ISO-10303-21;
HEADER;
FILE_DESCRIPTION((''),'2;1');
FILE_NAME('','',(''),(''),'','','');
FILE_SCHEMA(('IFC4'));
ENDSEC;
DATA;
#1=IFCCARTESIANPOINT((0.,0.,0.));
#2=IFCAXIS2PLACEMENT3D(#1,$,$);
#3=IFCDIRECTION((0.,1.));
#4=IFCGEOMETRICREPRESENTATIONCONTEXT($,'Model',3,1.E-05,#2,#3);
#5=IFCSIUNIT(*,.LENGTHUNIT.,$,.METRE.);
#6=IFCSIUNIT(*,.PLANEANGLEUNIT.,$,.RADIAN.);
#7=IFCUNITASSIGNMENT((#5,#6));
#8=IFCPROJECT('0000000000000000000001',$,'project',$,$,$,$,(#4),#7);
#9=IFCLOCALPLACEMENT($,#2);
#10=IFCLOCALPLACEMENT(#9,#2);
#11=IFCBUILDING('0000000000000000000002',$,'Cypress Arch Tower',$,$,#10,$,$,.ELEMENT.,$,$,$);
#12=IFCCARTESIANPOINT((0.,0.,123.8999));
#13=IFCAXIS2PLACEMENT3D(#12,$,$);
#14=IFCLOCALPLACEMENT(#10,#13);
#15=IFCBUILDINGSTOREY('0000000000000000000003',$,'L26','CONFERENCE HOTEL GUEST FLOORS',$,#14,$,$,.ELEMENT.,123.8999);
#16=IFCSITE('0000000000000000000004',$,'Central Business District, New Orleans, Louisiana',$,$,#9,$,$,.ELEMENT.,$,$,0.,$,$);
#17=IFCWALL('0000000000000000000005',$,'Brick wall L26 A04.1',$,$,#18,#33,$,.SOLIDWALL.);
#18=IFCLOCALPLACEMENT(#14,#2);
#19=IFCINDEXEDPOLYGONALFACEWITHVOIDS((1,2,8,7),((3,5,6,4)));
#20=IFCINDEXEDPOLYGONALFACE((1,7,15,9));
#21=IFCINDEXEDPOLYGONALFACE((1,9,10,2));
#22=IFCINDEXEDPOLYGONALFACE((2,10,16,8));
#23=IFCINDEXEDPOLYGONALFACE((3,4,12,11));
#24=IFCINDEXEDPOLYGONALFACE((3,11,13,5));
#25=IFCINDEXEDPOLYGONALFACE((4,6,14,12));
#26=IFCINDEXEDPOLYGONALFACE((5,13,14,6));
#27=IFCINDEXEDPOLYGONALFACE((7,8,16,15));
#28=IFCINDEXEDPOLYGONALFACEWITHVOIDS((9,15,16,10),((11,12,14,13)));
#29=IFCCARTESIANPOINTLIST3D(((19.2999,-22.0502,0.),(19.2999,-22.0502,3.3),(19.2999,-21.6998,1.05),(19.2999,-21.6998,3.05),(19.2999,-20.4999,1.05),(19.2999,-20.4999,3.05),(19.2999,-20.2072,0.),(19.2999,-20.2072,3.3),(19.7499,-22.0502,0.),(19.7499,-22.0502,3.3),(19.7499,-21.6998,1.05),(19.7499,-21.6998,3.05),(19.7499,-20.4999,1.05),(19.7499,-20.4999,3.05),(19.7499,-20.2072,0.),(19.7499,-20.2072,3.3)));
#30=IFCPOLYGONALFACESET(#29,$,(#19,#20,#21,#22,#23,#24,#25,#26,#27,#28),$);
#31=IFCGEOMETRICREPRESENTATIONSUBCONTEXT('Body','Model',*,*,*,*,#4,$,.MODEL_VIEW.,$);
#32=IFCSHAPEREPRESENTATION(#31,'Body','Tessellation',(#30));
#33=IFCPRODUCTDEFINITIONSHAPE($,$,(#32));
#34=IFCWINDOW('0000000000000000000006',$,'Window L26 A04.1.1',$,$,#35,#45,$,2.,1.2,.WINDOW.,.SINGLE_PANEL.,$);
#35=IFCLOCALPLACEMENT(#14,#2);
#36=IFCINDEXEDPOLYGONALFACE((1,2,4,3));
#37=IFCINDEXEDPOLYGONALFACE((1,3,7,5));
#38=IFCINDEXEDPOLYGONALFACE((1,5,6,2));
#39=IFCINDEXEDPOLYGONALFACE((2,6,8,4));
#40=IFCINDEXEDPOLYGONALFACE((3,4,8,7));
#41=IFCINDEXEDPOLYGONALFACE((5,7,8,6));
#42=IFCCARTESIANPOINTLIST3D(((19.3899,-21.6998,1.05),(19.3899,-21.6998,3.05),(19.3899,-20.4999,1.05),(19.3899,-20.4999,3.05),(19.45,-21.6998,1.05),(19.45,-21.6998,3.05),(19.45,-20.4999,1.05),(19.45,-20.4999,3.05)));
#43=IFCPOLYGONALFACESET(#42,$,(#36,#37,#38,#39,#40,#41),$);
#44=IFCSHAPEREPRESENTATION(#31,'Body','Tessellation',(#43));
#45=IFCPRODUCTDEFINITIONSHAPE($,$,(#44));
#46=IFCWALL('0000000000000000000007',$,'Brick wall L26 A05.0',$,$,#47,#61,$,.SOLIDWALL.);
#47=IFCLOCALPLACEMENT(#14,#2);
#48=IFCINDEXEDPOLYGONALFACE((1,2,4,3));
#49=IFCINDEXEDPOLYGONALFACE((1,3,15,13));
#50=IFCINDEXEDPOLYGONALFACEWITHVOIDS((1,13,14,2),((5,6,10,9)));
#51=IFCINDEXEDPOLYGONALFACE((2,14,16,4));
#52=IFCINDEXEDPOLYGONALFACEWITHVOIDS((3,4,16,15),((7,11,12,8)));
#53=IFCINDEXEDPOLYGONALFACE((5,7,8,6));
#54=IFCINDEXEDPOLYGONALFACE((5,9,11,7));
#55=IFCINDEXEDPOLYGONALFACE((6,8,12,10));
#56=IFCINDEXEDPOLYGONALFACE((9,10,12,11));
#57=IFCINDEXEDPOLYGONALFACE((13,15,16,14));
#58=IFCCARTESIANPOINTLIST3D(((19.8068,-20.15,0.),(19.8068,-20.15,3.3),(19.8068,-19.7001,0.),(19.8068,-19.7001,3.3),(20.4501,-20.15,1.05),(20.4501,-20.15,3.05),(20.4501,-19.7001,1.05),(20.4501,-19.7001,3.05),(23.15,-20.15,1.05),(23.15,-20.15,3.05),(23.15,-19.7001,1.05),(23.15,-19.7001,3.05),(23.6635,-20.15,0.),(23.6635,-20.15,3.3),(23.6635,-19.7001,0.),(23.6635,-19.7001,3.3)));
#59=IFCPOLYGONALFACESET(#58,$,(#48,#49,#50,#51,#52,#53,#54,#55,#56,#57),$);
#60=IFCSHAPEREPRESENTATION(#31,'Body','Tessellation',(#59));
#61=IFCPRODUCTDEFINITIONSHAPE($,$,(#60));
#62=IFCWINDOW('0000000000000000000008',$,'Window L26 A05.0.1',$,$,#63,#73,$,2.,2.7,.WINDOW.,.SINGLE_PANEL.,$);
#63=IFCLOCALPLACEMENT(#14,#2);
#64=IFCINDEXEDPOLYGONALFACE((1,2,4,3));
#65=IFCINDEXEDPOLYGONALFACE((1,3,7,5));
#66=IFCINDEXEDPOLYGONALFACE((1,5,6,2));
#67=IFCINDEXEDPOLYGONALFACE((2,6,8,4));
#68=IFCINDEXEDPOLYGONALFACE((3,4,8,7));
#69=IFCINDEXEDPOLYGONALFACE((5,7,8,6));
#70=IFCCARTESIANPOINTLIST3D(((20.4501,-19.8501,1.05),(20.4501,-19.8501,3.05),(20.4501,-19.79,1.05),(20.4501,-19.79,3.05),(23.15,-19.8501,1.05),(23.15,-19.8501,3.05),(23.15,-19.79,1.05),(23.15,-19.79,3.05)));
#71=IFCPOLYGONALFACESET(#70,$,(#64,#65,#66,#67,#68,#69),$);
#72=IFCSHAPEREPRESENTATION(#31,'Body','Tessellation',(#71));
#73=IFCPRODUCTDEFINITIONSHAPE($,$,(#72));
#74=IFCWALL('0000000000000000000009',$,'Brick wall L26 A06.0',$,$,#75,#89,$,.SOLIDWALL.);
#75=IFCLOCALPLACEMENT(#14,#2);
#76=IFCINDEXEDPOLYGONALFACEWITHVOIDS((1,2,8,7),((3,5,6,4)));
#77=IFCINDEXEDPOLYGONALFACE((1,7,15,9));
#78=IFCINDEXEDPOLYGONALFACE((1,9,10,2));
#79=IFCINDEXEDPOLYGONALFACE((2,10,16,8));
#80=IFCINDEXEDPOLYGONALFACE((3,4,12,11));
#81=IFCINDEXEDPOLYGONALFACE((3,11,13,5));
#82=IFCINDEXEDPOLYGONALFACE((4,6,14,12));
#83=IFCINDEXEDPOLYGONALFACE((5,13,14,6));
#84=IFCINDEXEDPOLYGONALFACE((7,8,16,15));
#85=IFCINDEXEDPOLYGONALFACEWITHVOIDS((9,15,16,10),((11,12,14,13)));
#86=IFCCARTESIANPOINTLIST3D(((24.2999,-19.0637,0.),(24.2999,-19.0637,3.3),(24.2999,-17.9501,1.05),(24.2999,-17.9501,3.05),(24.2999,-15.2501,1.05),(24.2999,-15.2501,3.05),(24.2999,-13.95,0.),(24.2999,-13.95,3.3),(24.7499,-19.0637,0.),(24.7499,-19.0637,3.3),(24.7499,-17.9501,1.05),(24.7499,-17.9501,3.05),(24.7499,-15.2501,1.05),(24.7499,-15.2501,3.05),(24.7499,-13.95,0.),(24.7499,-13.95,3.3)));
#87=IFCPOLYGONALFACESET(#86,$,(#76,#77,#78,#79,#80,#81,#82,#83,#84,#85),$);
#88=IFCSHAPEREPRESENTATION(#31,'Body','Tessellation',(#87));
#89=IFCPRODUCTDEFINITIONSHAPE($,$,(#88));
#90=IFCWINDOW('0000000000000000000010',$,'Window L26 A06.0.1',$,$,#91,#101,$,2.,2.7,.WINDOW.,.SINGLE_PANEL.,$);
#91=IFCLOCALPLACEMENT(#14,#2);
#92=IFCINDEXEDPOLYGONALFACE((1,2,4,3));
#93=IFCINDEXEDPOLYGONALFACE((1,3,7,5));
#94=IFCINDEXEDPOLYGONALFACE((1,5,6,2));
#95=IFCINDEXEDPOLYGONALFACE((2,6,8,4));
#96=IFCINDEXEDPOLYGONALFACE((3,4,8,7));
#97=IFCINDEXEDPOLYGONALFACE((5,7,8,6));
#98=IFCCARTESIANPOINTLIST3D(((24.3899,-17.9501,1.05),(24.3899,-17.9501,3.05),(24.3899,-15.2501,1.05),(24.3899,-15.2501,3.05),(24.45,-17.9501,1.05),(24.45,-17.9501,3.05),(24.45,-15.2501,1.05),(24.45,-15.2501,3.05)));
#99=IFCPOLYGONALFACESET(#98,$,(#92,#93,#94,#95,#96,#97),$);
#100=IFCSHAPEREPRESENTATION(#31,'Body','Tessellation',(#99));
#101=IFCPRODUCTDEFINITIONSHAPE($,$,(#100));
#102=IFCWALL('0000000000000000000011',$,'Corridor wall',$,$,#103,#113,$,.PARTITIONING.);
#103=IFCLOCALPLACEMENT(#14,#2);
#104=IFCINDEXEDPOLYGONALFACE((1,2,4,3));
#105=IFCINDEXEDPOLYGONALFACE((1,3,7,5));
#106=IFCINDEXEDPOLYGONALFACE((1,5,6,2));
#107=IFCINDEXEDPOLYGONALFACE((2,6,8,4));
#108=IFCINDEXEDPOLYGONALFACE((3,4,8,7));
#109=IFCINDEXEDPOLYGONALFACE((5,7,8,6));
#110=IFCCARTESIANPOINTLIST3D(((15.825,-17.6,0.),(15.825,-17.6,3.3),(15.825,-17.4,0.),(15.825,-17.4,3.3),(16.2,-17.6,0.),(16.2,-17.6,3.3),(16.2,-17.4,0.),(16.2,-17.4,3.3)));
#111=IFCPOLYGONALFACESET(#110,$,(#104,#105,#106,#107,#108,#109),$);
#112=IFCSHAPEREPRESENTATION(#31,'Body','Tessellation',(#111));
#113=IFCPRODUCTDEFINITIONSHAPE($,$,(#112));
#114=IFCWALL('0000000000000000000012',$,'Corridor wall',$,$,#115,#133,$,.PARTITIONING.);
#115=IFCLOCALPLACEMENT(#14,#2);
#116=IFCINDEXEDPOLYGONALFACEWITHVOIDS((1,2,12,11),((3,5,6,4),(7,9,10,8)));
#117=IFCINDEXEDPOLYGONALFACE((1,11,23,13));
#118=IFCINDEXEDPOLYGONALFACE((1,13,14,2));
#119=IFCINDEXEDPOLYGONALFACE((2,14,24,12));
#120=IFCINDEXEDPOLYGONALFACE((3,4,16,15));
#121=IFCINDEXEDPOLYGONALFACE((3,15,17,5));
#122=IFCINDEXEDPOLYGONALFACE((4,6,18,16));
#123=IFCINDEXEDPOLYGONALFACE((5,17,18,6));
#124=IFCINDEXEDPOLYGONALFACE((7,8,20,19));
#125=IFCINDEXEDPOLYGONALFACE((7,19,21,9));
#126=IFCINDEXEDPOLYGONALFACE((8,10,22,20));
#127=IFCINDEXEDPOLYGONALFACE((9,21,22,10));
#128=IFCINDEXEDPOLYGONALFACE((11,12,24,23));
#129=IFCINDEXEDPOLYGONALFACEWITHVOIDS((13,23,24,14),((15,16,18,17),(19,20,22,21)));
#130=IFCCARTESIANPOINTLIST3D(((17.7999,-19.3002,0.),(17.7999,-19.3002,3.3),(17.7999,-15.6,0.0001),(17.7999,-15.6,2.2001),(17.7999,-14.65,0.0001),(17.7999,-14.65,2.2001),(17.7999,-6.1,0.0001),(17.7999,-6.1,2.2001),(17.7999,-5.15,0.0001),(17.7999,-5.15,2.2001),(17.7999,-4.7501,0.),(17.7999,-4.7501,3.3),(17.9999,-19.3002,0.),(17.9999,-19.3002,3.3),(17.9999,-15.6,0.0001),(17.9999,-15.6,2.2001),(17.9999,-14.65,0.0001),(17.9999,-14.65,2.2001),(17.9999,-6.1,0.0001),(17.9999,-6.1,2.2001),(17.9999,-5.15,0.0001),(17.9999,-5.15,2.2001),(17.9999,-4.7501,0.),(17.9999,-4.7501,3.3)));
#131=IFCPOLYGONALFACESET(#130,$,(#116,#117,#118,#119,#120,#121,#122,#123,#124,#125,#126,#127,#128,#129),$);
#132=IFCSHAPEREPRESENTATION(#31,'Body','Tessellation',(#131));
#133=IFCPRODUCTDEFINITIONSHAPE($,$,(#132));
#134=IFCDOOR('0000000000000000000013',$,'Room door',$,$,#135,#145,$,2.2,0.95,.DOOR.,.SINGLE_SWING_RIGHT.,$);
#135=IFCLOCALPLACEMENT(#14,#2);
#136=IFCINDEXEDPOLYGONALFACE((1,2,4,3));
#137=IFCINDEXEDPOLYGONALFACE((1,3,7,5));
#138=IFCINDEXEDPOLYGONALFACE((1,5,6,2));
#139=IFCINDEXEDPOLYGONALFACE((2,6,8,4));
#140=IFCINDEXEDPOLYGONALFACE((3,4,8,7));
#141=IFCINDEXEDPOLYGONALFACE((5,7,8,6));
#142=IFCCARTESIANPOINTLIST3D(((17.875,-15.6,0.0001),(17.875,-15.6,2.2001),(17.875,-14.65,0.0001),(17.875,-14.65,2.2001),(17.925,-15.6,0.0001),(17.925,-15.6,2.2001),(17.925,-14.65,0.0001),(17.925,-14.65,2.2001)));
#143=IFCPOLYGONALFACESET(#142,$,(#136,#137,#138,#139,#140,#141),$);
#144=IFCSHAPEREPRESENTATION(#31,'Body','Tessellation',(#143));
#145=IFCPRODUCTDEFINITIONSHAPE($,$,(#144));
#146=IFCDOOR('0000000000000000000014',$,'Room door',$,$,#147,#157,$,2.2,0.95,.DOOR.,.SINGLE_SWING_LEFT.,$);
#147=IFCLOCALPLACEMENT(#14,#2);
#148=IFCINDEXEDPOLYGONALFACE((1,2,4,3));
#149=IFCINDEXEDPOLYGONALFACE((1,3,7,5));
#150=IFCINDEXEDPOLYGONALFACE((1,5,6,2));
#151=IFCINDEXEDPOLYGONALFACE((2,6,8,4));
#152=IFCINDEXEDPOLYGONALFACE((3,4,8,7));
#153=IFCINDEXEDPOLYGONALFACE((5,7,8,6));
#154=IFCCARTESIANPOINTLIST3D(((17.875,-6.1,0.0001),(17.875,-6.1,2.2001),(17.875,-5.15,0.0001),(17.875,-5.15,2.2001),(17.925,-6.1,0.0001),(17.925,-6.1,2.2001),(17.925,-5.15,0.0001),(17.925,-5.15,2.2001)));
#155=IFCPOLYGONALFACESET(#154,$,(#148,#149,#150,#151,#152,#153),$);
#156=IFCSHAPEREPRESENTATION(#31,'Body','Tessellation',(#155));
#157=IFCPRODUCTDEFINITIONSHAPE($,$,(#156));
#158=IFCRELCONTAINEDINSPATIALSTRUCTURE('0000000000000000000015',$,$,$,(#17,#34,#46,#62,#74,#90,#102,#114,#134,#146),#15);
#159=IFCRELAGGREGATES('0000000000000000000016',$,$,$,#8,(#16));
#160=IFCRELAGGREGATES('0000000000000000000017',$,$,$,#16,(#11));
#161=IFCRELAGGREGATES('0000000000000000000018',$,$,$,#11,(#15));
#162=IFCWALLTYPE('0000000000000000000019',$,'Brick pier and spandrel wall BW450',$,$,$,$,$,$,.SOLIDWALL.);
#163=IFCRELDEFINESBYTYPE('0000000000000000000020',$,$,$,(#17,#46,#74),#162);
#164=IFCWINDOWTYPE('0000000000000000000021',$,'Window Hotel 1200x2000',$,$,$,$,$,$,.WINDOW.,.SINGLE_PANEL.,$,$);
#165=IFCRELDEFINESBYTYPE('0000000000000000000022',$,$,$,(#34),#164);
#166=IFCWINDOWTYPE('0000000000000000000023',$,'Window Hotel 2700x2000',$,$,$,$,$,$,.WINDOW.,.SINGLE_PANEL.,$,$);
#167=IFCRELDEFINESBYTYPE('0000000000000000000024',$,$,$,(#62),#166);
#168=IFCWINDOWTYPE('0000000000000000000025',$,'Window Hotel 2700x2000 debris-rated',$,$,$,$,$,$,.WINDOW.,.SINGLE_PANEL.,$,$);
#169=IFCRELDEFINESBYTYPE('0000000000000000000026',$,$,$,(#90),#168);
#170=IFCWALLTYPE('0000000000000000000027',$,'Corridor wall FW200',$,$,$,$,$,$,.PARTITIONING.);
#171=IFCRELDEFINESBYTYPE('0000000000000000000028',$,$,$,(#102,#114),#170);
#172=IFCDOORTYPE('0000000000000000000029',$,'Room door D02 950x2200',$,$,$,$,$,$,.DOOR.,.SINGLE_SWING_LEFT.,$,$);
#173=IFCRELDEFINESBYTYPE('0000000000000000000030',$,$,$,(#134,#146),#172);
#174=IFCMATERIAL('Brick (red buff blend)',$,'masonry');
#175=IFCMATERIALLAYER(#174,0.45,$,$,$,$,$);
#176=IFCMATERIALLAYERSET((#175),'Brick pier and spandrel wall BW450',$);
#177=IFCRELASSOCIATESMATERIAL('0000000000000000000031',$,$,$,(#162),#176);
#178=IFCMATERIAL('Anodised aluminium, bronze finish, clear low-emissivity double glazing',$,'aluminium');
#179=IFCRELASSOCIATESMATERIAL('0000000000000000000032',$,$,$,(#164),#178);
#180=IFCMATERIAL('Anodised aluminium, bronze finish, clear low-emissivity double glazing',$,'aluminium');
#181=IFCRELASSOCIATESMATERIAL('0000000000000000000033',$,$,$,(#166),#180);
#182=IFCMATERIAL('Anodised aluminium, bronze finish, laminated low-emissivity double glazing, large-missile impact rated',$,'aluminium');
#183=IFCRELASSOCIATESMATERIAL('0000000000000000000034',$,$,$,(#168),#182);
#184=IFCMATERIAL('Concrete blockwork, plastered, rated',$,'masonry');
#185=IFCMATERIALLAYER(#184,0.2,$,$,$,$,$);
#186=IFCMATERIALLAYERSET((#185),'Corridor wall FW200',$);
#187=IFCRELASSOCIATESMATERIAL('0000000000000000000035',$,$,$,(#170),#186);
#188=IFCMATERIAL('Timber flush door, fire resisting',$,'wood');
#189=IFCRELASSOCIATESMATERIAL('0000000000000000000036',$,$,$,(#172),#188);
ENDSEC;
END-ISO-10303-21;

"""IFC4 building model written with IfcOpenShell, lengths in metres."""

from ifc_helpers import new_model, si_unit, direction, frame, frame_2d, origin, place, context, subcontext, project, spatial, rectangle, extrude, material, layer, layer_set, type_object, element, fill, save


model = new_model("IFC4")

# Units and contexts
model_context = context("Model", 3, precision=1e-05, world=origin(), true_north=direction((0.0, 1.0)))
body_context = subcontext(model_context, "Body", "Model", "MODEL_VIEW")
ifc_project = project(units=[si_unit("LENGTHUNIT", "METRE"), si_unit("PLANEANGLEUNIT", "RADIAN")], contexts=[model_context])

# Site, building, storey
site_placement = place(None, origin())
site = spatial("IfcSite", under=ifc_project, at=site_placement, Name="Central Business District, New Orleans, Louisiana", CompositionType="ELEMENT", RefElevation=0.0)
building_placement = place(site_placement, origin())
building = spatial("IfcBuilding", under=site, at=building_placement, Name="Cypress Arch Tower", CompositionType="ELEMENT")
storey_placement = place(building_placement, frame((0.0, 0.0, 123.8999)))
storey = spatial("IfcBuildingStorey", under=building, at=storey_placement, Name="L26", Description="CONFERENCE HOTEL GUEST FLOORS", CompositionType="ELEMENT", Elevation=123.8999)

# Shared definitions
ifc_material_1 = material(Name="Brick (red buff blend)", Category="masonry")
ifc_layer_1 = layer(ifc_material_1, 0.45)
ifc_layer_set_1 = layer_set([ifc_layer_1], Name="Brick pier and spandrel wall BW450")
wall_type_1 = type_object("IfcWallType", Name="Brick pier and spandrel wall BW450", PredefinedType="SOLIDWALL", material=ifc_layer_set_1)

# Walls, openings, windows
wall_1_placement = place(storey_placement, frame((19.5249, -22.05, 0.0), z_axis=(0.0, 0.0, 1.0), x_axis=(0.0, 1.0, 0.0)))
wall_1 = element("IfcWall", 1, at=wall_1_placement, inside=storey, type_object=wall_type_1, Name="Brick wall L26 A04.1", PredefinedType="SOLIDWALL", context=body_context, shape_type="SweptSolid", body=[
    extrude(rectangle(XDim=1.843, YDim=0.45, at=frame_2d((0.9214, 0.0))), origin(), (0.0, 0.0, 1.0), 3.3),
])
opening_1_placement = place(wall_1_placement, frame((0.3501, 0.0, 1.05)))
opening_1 = element("IfcOpeningElement", 2, at=opening_1_placement, cuts=wall_1, PredefinedType="OPENING", context=body_context, shape_type="SweptSolid", body=[
    extrude(rectangle(XDim=1.2, YDim=2.0, at=frame_2d((0.6001, 1.0))), frame((0.0, 0.2349, 0.0), z_axis=(0.0, -1.0, 0.0), x_axis=(1.0, 0.0, 0.0)), (0.0, 0.0, 1.0), 0.47),
])
ifc_material_2 = material(Name="Anodised aluminium, bronze finish, clear low-emissivity double glazing", Category="aluminium")
window_type_1 = type_object("IfcWindowType", Name="Window Hotel 1200x2000", PartitioningType="SINGLE_PANEL", PredefinedType="WINDOW", material=ifc_material_2)
window_1_placement = place(opening_1_placement, origin())
window_1 = element("IfcWindow", 3, at=window_1_placement, inside=storey, type_object=window_type_1, Name="Window L26 A04.1.1", OverallHeight=2.0, OverallWidth=1.2, PartitioningType="SINGLE_PANEL", PredefinedType="WINDOW", context=body_context, shape_type="SweptSolid", body=[
    extrude(rectangle(XDim=1.2, YDim=2.0, at=frame_2d((0.6001, 1.0))), frame((0.0, 0.135, 0.0), z_axis=(0.0, -1.0, 0.0), x_axis=(1.0, 0.0, 0.0)), (0.0, 0.0, 1.0), 0.0601),
])
fill(opening_1, window_1)
wall_2_placement = place(storey_placement, frame((19.8069, -19.925, 0.0), z_axis=(0.0, 0.0, 1.0), x_axis=(1.0, 0.0, 0.0)))
wall_2 = element("IfcWall", 4, at=wall_2_placement, inside=storey, type_object=wall_type_1, Name="Brick wall L26 A05.0", PredefinedType="SOLIDWALL", context=body_context, shape_type="SweptSolid", body=[
    extrude(rectangle(XDim=3.8567, YDim=0.45, at=frame_2d((1.9282, 0.0))), origin(), (0.0, 0.0, 1.0), 3.3),
])
opening_2_placement = place(wall_2_placement, frame((0.6431, 0.0, 1.05)))
opening_2 = element("IfcOpeningElement", 5, at=opening_2_placement, cuts=wall_2, PredefinedType="OPENING", context=body_context, shape_type="SweptSolid", body=[
    extrude(rectangle(XDim=2.7, YDim=2.0, at=frame_2d((1.3501, 1.0))), frame((0.0, 0.2349, 0.0), z_axis=(0.0, -1.0, 0.0), x_axis=(1.0, 0.0, 0.0)), (0.0, 0.0, 1.0), 0.47),
])
ifc_material_3 = material(Name="Anodised aluminium, bronze finish, clear low-emissivity double glazing", Category="aluminium")
window_type_2 = type_object("IfcWindowType", Name="Window Hotel 2700x2000", PartitioningType="SINGLE_PANEL", PredefinedType="WINDOW", material=ifc_material_3)
window_2_placement = place(opening_2_placement, origin())
window_2 = element("IfcWindow", 6, at=window_2_placement, inside=storey, type_object=window_type_2, Name="Window L26 A05.0.1", OverallHeight=2.0, OverallWidth=2.7, PartitioningType="SINGLE_PANEL", PredefinedType="WINDOW", context=body_context, shape_type="SweptSolid", body=[
    extrude(rectangle(XDim=2.7, YDim=2.0, at=frame_2d((1.3501, 1.0))), frame((0.0, 0.135, 0.0), z_axis=(0.0, -1.0, 0.0), x_axis=(1.0, 0.0, 0.0)), (0.0, 0.0, 1.0), 0.0601),
])
fill(opening_2, window_2)
wall_3_placement = place(storey_placement, frame((24.5249, -19.0637, 0.0), z_axis=(0.0, 0.0, 1.0), x_axis=(0.0, 1.0, 0.0)))
wall_3 = element("IfcWall", 7, at=wall_3_placement, inside=storey, type_object=wall_type_1, Name="Brick wall L26 A06.0", PredefinedType="SOLIDWALL", context=body_context, shape_type="SweptSolid", body=[
    extrude(rectangle(XDim=5.1138, YDim=0.45, at=frame_2d((2.5569, 0.0))), origin(), (0.0, 0.0, 1.0), 3.3),
])
opening_3_placement = place(wall_3_placement, frame((1.1135, 0.0, 1.05)))
opening_3 = element("IfcOpeningElement", 8, at=opening_3_placement, cuts=wall_3, PredefinedType="OPENING", context=body_context, shape_type="SweptSolid", body=[
    extrude(rectangle(XDim=2.7, YDim=2.0, at=frame_2d((1.3501, 1.0))), frame((0.0, 0.2349, 0.0), z_axis=(0.0, -1.0, 0.0), x_axis=(1.0, 0.0, 0.0)), (0.0, 0.0, 1.0), 0.47),
])
ifc_material_4 = material(Name="Anodised aluminium, bronze finish, laminated low-emissivity double glazing, large-missile impact rated", Category="aluminium")
window_type_3 = type_object("IfcWindowType", Name="Window Hotel 2700x2000 debris-rated", PartitioningType="SINGLE_PANEL", PredefinedType="WINDOW", material=ifc_material_4)
window_3_placement = place(opening_3_placement, origin())
window_3 = element("IfcWindow", 9, at=window_3_placement, inside=storey, type_object=window_type_3, Name="Window L26 A06.0.1", OverallHeight=2.0, OverallWidth=2.7, PartitioningType="SINGLE_PANEL", PredefinedType="WINDOW", context=body_context, shape_type="SweptSolid", body=[
    extrude(rectangle(XDim=2.7, YDim=2.0, at=frame_2d((1.3501, 1.0))), frame((0.0, 0.135, 0.0), z_axis=(0.0, -1.0, 0.0), x_axis=(1.0, 0.0, 0.0)), (0.0, 0.0, 1.0), 0.0601),
])
fill(opening_3, window_3)

# Wall
ifc_material_5 = material(Name="Concrete blockwork, plastered, rated", Category="masonry")
ifc_layer_2 = layer(ifc_material_5, 0.2)
ifc_layer_set_2 = layer_set([ifc_layer_2], Name="Corridor wall FW200")
wall_type_2 = type_object("IfcWallType", Name="Corridor wall FW200", PredefinedType="PARTITIONING", material=ifc_layer_set_2)
wall_4_placement = place(storey_placement, frame((15.825, -17.5, 0.0), z_axis=(0.0, 0.0, 1.0), x_axis=(1.0, 0.0, 0.0)))
element("IfcWall", 10, at=wall_4_placement, inside=storey, type_object=wall_type_2, Name="Corridor wall", PredefinedType="PARTITIONING", context=body_context, shape_type="SweptSolid", body=[
    extrude(rectangle(XDim=0.375, YDim=0.2, at=frame_2d((0.1875, 0.0))), origin(), (0.0, 0.0, 1.0), 3.3),
])

# Wall, openings, doors
wall_5_placement = place(storey_placement, frame((17.8999, -19.3, 0.0), z_axis=(0.0, 0.0, 1.0), x_axis=(0.0, 1.0, 0.0)))
wall_5 = element("IfcWall", 11, at=wall_5_placement, inside=storey, type_object=wall_type_2, Name="Corridor wall", PredefinedType="PARTITIONING", context=body_context, shape_type="SweptSolid", body=[
    extrude(rectangle(XDim=14.55, YDim=0.2, at=frame_2d((7.2749, 0.0))), origin(), (0.0, 0.0, 1.0), 3.3),
])
opening_4_placement = place(wall_5_placement, frame((3.7, 0.0, 0.0)))
opening_4 = element("IfcOpeningElement", 12, at=opening_4_placement, cuts=wall_5, PredefinedType="OPENING", context=body_context, shape_type="SweptSolid", body=[
    extrude(rectangle(XDim=0.95, YDim=2.2, at=frame_2d((0.4751, 1.1001))), frame((0.0, 0.1099, 0.0), z_axis=(0.0, -1.0, 0.0), x_axis=(1.0, 0.0, 0.0)), (0.0, 0.0, 1.0), 0.22),
])
opening_5_placement = place(wall_5_placement, frame((13.2, 0.0, 0.0)))
opening_5 = element("IfcOpeningElement", 13, at=opening_5_placement, cuts=wall_5, PredefinedType="OPENING", context=body_context, shape_type="SweptSolid", body=[
    extrude(rectangle(XDim=0.95, YDim=2.2, at=frame_2d((0.4751, 1.1001))), frame((0.0, 0.1099, 0.0), z_axis=(0.0, -1.0, 0.0), x_axis=(1.0, 0.0, 0.0)), (0.0, 0.0, 1.0), 0.22),
])
ifc_material_6 = material(Name="Timber flush door, fire resisting", Category="wood")
door_type_1 = type_object("IfcDoorType", Name="Room door D02 950x2200", OperationType="SINGLE_SWING_LEFT", PredefinedType="DOOR", material=ifc_material_6)
door_1_placement = place(opening_4_placement, origin())
door_1 = element("IfcDoor", 14, at=door_1_placement, inside=storey, type_object=door_type_1, Name="Room door", OperationType="SINGLE_SWING_RIGHT", OverallHeight=2.2, OverallWidth=0.95, PredefinedType="DOOR", context=body_context, shape_type="SweptSolid", body=[
    extrude(rectangle(XDim=0.95, YDim=2.2, at=frame_2d((0.4751, 1.1001))), frame((0.0, 0.0249, 0.0), z_axis=(0.0, -1.0, 0.0), x_axis=(1.0, 0.0, 0.0)), (0.0, 0.0, 1.0), 0.05),
])
fill(opening_4, door_1)
door_2_placement = place(opening_5_placement, origin())
door_2 = element("IfcDoor", 15, at=door_2_placement, inside=storey, type_object=door_type_1, Name="Room door", OperationType="SINGLE_SWING_LEFT", OverallHeight=2.2, OverallWidth=0.95, PredefinedType="DOOR", context=body_context, shape_type="SweptSolid", body=[
    extrude(rectangle(XDim=0.95, YDim=2.2, at=frame_2d((0.4751, 1.1001))), frame((0.0, 0.0249, 0.0), z_axis=(0.0, -1.0, 0.0), x_axis=(1.0, 0.0, 0.0)), (0.0, 0.0, 1.0), 0.05),
])
fill(opening_5, door_2)

save(model, "model.ifc")
